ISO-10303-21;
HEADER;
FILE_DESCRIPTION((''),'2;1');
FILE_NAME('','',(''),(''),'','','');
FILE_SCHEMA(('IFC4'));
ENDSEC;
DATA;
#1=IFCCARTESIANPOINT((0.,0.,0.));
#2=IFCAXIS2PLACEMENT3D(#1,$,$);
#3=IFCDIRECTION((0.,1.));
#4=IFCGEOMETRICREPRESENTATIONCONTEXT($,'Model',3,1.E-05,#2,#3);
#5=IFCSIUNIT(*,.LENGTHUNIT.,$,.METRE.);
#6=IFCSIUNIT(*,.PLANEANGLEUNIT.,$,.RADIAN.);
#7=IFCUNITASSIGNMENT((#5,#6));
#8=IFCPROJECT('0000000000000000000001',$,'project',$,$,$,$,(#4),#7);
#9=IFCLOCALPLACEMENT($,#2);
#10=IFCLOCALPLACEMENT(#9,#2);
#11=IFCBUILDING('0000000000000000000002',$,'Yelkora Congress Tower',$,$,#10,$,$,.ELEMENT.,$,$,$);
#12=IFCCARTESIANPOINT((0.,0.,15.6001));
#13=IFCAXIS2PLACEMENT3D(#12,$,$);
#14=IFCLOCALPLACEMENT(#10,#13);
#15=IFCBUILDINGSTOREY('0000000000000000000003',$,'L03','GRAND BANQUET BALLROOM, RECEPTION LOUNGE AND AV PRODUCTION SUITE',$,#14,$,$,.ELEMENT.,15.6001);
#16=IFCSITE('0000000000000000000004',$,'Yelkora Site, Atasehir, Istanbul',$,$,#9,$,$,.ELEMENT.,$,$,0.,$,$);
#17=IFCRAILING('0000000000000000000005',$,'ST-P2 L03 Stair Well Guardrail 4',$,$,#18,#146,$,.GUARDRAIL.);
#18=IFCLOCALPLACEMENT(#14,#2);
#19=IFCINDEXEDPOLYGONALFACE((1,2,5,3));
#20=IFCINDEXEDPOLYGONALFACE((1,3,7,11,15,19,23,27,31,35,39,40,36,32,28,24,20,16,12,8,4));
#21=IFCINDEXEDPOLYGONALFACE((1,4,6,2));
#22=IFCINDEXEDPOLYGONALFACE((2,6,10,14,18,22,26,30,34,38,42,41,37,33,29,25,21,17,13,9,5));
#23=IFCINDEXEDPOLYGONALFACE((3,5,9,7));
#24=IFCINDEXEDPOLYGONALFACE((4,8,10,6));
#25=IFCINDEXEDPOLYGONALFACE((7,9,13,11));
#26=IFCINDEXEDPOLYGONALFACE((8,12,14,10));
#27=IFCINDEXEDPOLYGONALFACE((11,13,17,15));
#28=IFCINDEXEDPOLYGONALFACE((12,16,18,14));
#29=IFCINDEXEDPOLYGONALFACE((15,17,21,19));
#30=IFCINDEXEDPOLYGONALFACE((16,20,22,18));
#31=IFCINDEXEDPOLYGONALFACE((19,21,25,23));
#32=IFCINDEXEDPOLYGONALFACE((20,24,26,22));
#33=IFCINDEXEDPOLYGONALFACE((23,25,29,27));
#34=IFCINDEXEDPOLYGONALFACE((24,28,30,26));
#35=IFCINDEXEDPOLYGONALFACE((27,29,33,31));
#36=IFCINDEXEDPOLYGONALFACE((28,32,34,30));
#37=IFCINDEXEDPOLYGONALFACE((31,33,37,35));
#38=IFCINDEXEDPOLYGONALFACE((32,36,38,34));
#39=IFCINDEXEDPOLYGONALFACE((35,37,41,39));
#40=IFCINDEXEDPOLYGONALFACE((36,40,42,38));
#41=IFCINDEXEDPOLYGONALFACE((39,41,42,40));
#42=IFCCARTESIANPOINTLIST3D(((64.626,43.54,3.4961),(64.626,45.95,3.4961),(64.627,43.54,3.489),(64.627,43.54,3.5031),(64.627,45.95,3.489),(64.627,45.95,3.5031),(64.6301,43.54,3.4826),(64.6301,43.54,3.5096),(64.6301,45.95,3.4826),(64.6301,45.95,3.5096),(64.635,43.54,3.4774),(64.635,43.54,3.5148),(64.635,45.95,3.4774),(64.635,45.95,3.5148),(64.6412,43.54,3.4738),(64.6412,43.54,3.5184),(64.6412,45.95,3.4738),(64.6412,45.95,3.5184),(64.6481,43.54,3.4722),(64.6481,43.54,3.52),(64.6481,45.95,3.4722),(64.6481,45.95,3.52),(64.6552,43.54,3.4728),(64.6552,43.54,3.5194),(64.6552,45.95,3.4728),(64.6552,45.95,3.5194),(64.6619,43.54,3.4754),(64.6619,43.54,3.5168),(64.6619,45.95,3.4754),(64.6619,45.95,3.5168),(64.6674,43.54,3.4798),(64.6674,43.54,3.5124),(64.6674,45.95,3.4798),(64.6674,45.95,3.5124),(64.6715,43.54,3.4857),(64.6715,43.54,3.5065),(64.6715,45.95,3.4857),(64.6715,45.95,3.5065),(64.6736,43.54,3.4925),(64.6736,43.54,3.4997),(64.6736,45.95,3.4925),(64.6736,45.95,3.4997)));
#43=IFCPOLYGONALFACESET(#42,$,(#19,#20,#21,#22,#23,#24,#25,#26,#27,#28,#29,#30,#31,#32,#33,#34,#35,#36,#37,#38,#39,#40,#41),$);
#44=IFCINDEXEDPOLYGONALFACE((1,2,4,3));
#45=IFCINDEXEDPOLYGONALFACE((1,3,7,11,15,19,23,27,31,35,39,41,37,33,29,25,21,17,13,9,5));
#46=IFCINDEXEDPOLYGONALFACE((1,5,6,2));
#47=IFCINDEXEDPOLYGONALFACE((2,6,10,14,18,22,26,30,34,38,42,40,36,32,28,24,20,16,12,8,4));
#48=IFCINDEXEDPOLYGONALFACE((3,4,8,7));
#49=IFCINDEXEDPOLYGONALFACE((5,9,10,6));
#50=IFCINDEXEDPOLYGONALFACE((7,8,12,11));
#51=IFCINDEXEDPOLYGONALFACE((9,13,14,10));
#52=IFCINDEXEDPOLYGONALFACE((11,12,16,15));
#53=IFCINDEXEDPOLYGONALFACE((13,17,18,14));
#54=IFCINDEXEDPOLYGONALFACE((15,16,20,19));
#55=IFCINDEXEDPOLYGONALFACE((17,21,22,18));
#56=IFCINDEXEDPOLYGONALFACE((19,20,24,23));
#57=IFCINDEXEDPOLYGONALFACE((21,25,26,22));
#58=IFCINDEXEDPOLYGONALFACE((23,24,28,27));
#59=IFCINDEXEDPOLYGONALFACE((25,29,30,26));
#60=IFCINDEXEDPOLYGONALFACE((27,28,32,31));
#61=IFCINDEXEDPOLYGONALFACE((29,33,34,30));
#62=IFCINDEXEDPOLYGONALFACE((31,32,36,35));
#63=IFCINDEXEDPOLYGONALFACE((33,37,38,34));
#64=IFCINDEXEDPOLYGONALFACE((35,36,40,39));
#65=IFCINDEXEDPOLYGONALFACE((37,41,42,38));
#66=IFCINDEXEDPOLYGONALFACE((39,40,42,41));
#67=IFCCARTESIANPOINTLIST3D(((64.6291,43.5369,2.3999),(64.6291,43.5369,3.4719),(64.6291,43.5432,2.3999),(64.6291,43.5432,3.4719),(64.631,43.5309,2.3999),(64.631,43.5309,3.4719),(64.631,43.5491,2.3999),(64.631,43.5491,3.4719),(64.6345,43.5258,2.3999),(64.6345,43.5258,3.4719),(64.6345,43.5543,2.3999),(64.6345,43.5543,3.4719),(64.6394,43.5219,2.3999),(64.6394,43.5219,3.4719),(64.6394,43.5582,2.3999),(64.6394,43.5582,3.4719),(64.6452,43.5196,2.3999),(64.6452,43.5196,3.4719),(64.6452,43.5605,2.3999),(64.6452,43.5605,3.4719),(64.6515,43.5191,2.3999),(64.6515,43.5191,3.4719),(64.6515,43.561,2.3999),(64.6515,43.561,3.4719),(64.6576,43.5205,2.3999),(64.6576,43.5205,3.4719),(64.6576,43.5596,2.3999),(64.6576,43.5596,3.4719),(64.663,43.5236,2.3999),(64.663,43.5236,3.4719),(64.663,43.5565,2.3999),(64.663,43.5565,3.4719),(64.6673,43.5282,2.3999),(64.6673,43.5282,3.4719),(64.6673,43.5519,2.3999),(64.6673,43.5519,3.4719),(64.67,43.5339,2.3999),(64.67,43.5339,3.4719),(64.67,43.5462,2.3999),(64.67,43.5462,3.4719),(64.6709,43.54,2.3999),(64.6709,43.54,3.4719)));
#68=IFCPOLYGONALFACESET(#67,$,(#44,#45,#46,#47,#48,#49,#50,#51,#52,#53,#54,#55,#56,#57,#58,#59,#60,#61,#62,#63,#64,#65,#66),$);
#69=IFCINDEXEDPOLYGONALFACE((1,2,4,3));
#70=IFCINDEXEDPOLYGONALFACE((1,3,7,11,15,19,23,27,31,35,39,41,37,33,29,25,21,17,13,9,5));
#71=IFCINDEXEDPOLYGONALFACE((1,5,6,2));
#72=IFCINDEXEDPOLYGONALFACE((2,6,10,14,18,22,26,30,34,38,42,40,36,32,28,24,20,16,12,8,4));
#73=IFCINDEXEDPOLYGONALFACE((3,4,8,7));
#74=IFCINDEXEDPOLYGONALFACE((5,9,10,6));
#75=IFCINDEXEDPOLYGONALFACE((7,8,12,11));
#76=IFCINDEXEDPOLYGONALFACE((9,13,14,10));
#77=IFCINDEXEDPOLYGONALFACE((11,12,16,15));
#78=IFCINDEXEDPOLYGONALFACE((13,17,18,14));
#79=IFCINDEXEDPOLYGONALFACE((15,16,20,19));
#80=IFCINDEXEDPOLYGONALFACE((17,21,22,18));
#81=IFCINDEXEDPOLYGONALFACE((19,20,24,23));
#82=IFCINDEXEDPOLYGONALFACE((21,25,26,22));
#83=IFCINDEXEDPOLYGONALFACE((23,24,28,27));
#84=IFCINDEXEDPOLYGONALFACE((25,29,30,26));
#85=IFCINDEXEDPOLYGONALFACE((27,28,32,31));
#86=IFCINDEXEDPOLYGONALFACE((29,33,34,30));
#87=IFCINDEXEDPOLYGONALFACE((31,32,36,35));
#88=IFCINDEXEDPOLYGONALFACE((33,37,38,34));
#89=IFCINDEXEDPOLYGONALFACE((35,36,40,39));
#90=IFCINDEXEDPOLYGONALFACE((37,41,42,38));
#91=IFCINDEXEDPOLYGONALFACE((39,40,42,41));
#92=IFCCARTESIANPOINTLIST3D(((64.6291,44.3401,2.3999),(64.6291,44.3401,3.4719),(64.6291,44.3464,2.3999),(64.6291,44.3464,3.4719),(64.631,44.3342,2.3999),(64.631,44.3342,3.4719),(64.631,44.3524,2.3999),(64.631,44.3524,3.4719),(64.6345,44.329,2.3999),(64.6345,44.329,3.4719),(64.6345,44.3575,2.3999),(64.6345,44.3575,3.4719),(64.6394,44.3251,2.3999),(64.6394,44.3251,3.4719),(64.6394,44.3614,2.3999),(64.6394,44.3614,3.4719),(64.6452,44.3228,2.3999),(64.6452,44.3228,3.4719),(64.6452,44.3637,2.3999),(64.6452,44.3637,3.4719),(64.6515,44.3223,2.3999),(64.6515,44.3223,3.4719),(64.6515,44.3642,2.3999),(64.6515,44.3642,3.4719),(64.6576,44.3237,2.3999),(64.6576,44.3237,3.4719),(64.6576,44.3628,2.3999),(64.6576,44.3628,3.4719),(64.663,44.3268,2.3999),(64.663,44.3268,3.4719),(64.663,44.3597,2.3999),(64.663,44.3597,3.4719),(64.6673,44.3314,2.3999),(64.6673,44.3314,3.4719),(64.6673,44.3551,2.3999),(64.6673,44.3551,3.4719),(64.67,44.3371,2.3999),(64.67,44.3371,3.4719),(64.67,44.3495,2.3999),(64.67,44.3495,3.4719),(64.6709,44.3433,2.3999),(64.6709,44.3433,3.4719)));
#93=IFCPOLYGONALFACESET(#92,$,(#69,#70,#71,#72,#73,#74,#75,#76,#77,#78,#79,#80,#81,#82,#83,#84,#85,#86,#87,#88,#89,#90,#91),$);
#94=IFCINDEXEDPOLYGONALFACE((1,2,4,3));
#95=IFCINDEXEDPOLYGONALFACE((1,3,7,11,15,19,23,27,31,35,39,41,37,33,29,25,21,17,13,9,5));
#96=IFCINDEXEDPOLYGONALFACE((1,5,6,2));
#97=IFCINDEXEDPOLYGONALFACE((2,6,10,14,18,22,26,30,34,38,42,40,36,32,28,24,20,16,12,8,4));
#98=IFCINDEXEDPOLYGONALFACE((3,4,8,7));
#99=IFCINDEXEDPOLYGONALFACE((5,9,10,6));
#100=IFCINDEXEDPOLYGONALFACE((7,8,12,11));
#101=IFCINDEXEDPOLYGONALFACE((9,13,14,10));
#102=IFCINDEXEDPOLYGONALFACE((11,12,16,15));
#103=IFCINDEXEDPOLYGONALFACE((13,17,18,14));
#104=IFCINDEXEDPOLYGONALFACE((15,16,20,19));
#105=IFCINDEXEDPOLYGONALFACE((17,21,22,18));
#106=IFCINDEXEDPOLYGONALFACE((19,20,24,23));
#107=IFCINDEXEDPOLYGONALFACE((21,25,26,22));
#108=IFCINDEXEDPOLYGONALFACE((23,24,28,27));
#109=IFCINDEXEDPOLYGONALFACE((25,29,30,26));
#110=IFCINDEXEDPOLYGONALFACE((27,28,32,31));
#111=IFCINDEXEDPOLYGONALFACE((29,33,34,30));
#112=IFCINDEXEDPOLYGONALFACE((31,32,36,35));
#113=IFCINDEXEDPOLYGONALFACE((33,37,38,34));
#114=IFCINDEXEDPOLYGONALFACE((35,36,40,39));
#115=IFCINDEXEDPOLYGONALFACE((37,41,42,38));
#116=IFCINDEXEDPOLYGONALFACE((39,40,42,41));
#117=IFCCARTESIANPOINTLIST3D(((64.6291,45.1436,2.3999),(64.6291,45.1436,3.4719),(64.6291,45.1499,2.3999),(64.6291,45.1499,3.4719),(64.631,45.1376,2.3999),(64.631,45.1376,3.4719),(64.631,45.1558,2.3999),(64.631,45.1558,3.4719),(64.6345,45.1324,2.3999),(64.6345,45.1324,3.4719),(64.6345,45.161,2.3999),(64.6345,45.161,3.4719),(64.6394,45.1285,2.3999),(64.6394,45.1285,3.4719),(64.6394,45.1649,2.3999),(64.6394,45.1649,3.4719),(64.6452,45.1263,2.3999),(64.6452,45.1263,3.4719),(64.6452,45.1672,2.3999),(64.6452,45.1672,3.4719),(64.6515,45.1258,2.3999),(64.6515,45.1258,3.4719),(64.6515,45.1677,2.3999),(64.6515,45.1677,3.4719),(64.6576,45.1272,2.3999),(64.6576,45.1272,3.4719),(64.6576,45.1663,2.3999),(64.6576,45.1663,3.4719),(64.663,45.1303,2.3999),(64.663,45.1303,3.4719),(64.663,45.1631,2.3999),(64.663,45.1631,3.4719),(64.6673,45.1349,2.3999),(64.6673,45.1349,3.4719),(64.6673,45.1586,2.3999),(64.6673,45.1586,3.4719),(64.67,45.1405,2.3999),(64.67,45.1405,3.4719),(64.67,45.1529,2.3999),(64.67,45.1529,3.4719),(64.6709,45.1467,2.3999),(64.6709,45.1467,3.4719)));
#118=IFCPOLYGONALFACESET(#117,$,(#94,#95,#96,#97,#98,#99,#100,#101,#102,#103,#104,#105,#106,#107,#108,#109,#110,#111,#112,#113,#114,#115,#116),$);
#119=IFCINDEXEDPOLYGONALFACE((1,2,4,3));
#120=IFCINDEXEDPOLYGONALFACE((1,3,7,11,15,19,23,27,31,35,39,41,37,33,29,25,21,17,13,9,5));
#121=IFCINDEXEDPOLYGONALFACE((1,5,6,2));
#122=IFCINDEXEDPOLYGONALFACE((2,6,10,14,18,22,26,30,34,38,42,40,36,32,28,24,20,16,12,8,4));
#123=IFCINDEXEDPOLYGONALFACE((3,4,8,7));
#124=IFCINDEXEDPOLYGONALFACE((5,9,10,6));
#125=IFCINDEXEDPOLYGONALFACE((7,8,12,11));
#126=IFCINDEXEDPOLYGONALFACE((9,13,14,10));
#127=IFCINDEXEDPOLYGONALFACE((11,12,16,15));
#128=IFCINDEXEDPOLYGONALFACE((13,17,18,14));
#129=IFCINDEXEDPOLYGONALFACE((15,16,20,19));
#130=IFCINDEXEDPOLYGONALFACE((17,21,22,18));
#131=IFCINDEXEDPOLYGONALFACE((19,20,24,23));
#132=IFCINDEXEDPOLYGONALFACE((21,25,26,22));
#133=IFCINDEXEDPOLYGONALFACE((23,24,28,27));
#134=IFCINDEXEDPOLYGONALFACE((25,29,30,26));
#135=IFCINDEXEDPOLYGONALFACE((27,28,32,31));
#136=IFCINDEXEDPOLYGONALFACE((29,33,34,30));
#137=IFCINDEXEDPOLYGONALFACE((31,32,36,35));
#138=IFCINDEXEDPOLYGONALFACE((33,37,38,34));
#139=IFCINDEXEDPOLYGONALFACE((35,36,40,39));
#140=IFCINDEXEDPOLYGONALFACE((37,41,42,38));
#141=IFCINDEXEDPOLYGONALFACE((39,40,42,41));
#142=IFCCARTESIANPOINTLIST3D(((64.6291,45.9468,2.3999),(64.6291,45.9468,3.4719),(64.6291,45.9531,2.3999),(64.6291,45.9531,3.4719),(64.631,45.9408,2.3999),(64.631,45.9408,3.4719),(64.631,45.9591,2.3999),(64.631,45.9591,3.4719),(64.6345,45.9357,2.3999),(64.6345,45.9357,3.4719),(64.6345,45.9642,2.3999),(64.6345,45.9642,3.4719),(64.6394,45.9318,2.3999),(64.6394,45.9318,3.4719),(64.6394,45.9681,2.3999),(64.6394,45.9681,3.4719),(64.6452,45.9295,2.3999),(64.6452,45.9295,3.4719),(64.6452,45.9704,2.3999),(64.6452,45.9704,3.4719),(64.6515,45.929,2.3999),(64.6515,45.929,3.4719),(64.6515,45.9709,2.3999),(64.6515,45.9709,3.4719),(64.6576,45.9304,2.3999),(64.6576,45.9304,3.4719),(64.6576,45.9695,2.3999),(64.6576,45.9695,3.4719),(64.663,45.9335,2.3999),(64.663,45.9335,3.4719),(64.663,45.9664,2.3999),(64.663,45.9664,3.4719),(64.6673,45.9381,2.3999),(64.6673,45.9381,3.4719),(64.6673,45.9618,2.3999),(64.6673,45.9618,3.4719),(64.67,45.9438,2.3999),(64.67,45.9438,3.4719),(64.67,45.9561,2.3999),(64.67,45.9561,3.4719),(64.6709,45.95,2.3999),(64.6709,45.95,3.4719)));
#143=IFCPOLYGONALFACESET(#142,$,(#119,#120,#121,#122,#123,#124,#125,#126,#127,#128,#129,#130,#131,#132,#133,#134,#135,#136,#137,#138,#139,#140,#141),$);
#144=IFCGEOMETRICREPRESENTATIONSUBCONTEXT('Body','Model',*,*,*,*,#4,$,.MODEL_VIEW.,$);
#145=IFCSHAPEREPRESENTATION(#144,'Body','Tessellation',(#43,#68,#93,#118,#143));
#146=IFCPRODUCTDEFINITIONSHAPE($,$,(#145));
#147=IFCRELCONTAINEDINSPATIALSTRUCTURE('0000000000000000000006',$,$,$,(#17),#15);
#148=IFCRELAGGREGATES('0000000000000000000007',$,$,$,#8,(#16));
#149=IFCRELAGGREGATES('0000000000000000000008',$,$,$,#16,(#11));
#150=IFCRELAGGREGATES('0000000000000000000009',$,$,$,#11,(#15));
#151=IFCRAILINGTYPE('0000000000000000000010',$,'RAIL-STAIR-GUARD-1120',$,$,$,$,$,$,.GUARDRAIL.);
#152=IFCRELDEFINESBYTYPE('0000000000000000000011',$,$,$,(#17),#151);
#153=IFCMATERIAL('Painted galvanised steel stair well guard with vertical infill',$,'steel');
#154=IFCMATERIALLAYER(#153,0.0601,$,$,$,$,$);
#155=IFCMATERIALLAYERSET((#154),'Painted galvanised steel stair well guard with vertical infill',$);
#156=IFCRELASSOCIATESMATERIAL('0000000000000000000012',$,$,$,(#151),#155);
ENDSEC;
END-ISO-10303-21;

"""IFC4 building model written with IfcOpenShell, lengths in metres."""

from ifc_helpers import new_model, si_unit, direction, frame, origin, origin_2d, place, context, subcontext, project, spatial, circle, extrude, material, layer, layer_set, type_object, element, save


model = new_model("IFC4")

# Units and contexts
model_context = context("Model", 3, precision=1e-05, world=origin(), true_north=direction((0.0, 1.0)))
body_context = subcontext(model_context, "Body", "Model", "MODEL_VIEW")
ifc_project = project(units=[si_unit("LENGTHUNIT", "METRE"), si_unit("PLANEANGLEUNIT", "RADIAN")], contexts=[model_context])

# Site, building, storey
site_placement = place(None, origin())
site = spatial("IfcSite", under=ifc_project, at=site_placement, Name="Yelkora Site, Atasehir, Istanbul", CompositionType="ELEMENT", RefElevation=0.0)
building_placement = place(site_placement, origin())
building = spatial("IfcBuilding", under=site, at=building_placement, Name="Yelkora Congress Tower", CompositionType="ELEMENT")
storey_placement = place(building_placement, frame((0.0, 0.0, 15.6001)))
storey = spatial("IfcBuildingStorey", under=building, at=storey_placement, Name="L03", Description="GRAND BANQUET BALLROOM, RECEPTION LOUNGE AND AV PRODUCTION SUITE", CompositionType="ELEMENT", Elevation=15.6001)

# Railing
ifc_material_1 = material(Name="Painted galvanised steel stair well guard with vertical infill", Category="steel")
ifc_layer_1 = layer(ifc_material_1, 0.0601)
ifc_layer_set_1 = layer_set([ifc_layer_1], Name="Painted galvanised steel stair well guard with vertical infill")
railing_type_1 = type_object("IfcRailingType", Name="RAIL-STAIR-GUARD-1120", PredefinedType="GUARDRAIL", material=ifc_layer_set_1)
for number, where, name in (
    (1, (64.6499, 43.54, 2.3999), "ST-P2 L03 Stair Well Guardrail 4"),
):
    element("IfcRailing", number, at=place(storey_placement, frame(where)), inside=storey, type_object=railing_type_1, Name=name, PredefinedType="GUARDRAIL", context=body_context, shape_type="SweptSolid", body=[
        extrude(circle(Radius=0.0239, at=origin_2d()), frame((0.0, 0.0, 1.0962), z_axis=(0.0, 1.0, 0.0), x_axis=(-1.0, 0.0, 0.0)), (0.0, 0.0, 1.0), 2.4099),
        extrude(circle(Radius=0.021, at=origin_2d()), origin(), (0.0, 0.0, 1.0), 1.072),
        extrude(circle(Radius=0.021, at=origin_2d()), frame((0.0, 0.8032, 0.0)), (0.0, 0.0, 1.0), 1.072),
        extrude(circle(Radius=0.021, at=origin_2d()), frame((0.0, 1.6067, 0.0)), (0.0, 0.0, 1.0), 1.072),
        extrude(circle(Radius=0.021, at=origin_2d()), frame((0.0, 2.4099, 0.0)), (0.0, 0.0, 1.0), 1.072),
    ])

save(model, "model.ifc")
